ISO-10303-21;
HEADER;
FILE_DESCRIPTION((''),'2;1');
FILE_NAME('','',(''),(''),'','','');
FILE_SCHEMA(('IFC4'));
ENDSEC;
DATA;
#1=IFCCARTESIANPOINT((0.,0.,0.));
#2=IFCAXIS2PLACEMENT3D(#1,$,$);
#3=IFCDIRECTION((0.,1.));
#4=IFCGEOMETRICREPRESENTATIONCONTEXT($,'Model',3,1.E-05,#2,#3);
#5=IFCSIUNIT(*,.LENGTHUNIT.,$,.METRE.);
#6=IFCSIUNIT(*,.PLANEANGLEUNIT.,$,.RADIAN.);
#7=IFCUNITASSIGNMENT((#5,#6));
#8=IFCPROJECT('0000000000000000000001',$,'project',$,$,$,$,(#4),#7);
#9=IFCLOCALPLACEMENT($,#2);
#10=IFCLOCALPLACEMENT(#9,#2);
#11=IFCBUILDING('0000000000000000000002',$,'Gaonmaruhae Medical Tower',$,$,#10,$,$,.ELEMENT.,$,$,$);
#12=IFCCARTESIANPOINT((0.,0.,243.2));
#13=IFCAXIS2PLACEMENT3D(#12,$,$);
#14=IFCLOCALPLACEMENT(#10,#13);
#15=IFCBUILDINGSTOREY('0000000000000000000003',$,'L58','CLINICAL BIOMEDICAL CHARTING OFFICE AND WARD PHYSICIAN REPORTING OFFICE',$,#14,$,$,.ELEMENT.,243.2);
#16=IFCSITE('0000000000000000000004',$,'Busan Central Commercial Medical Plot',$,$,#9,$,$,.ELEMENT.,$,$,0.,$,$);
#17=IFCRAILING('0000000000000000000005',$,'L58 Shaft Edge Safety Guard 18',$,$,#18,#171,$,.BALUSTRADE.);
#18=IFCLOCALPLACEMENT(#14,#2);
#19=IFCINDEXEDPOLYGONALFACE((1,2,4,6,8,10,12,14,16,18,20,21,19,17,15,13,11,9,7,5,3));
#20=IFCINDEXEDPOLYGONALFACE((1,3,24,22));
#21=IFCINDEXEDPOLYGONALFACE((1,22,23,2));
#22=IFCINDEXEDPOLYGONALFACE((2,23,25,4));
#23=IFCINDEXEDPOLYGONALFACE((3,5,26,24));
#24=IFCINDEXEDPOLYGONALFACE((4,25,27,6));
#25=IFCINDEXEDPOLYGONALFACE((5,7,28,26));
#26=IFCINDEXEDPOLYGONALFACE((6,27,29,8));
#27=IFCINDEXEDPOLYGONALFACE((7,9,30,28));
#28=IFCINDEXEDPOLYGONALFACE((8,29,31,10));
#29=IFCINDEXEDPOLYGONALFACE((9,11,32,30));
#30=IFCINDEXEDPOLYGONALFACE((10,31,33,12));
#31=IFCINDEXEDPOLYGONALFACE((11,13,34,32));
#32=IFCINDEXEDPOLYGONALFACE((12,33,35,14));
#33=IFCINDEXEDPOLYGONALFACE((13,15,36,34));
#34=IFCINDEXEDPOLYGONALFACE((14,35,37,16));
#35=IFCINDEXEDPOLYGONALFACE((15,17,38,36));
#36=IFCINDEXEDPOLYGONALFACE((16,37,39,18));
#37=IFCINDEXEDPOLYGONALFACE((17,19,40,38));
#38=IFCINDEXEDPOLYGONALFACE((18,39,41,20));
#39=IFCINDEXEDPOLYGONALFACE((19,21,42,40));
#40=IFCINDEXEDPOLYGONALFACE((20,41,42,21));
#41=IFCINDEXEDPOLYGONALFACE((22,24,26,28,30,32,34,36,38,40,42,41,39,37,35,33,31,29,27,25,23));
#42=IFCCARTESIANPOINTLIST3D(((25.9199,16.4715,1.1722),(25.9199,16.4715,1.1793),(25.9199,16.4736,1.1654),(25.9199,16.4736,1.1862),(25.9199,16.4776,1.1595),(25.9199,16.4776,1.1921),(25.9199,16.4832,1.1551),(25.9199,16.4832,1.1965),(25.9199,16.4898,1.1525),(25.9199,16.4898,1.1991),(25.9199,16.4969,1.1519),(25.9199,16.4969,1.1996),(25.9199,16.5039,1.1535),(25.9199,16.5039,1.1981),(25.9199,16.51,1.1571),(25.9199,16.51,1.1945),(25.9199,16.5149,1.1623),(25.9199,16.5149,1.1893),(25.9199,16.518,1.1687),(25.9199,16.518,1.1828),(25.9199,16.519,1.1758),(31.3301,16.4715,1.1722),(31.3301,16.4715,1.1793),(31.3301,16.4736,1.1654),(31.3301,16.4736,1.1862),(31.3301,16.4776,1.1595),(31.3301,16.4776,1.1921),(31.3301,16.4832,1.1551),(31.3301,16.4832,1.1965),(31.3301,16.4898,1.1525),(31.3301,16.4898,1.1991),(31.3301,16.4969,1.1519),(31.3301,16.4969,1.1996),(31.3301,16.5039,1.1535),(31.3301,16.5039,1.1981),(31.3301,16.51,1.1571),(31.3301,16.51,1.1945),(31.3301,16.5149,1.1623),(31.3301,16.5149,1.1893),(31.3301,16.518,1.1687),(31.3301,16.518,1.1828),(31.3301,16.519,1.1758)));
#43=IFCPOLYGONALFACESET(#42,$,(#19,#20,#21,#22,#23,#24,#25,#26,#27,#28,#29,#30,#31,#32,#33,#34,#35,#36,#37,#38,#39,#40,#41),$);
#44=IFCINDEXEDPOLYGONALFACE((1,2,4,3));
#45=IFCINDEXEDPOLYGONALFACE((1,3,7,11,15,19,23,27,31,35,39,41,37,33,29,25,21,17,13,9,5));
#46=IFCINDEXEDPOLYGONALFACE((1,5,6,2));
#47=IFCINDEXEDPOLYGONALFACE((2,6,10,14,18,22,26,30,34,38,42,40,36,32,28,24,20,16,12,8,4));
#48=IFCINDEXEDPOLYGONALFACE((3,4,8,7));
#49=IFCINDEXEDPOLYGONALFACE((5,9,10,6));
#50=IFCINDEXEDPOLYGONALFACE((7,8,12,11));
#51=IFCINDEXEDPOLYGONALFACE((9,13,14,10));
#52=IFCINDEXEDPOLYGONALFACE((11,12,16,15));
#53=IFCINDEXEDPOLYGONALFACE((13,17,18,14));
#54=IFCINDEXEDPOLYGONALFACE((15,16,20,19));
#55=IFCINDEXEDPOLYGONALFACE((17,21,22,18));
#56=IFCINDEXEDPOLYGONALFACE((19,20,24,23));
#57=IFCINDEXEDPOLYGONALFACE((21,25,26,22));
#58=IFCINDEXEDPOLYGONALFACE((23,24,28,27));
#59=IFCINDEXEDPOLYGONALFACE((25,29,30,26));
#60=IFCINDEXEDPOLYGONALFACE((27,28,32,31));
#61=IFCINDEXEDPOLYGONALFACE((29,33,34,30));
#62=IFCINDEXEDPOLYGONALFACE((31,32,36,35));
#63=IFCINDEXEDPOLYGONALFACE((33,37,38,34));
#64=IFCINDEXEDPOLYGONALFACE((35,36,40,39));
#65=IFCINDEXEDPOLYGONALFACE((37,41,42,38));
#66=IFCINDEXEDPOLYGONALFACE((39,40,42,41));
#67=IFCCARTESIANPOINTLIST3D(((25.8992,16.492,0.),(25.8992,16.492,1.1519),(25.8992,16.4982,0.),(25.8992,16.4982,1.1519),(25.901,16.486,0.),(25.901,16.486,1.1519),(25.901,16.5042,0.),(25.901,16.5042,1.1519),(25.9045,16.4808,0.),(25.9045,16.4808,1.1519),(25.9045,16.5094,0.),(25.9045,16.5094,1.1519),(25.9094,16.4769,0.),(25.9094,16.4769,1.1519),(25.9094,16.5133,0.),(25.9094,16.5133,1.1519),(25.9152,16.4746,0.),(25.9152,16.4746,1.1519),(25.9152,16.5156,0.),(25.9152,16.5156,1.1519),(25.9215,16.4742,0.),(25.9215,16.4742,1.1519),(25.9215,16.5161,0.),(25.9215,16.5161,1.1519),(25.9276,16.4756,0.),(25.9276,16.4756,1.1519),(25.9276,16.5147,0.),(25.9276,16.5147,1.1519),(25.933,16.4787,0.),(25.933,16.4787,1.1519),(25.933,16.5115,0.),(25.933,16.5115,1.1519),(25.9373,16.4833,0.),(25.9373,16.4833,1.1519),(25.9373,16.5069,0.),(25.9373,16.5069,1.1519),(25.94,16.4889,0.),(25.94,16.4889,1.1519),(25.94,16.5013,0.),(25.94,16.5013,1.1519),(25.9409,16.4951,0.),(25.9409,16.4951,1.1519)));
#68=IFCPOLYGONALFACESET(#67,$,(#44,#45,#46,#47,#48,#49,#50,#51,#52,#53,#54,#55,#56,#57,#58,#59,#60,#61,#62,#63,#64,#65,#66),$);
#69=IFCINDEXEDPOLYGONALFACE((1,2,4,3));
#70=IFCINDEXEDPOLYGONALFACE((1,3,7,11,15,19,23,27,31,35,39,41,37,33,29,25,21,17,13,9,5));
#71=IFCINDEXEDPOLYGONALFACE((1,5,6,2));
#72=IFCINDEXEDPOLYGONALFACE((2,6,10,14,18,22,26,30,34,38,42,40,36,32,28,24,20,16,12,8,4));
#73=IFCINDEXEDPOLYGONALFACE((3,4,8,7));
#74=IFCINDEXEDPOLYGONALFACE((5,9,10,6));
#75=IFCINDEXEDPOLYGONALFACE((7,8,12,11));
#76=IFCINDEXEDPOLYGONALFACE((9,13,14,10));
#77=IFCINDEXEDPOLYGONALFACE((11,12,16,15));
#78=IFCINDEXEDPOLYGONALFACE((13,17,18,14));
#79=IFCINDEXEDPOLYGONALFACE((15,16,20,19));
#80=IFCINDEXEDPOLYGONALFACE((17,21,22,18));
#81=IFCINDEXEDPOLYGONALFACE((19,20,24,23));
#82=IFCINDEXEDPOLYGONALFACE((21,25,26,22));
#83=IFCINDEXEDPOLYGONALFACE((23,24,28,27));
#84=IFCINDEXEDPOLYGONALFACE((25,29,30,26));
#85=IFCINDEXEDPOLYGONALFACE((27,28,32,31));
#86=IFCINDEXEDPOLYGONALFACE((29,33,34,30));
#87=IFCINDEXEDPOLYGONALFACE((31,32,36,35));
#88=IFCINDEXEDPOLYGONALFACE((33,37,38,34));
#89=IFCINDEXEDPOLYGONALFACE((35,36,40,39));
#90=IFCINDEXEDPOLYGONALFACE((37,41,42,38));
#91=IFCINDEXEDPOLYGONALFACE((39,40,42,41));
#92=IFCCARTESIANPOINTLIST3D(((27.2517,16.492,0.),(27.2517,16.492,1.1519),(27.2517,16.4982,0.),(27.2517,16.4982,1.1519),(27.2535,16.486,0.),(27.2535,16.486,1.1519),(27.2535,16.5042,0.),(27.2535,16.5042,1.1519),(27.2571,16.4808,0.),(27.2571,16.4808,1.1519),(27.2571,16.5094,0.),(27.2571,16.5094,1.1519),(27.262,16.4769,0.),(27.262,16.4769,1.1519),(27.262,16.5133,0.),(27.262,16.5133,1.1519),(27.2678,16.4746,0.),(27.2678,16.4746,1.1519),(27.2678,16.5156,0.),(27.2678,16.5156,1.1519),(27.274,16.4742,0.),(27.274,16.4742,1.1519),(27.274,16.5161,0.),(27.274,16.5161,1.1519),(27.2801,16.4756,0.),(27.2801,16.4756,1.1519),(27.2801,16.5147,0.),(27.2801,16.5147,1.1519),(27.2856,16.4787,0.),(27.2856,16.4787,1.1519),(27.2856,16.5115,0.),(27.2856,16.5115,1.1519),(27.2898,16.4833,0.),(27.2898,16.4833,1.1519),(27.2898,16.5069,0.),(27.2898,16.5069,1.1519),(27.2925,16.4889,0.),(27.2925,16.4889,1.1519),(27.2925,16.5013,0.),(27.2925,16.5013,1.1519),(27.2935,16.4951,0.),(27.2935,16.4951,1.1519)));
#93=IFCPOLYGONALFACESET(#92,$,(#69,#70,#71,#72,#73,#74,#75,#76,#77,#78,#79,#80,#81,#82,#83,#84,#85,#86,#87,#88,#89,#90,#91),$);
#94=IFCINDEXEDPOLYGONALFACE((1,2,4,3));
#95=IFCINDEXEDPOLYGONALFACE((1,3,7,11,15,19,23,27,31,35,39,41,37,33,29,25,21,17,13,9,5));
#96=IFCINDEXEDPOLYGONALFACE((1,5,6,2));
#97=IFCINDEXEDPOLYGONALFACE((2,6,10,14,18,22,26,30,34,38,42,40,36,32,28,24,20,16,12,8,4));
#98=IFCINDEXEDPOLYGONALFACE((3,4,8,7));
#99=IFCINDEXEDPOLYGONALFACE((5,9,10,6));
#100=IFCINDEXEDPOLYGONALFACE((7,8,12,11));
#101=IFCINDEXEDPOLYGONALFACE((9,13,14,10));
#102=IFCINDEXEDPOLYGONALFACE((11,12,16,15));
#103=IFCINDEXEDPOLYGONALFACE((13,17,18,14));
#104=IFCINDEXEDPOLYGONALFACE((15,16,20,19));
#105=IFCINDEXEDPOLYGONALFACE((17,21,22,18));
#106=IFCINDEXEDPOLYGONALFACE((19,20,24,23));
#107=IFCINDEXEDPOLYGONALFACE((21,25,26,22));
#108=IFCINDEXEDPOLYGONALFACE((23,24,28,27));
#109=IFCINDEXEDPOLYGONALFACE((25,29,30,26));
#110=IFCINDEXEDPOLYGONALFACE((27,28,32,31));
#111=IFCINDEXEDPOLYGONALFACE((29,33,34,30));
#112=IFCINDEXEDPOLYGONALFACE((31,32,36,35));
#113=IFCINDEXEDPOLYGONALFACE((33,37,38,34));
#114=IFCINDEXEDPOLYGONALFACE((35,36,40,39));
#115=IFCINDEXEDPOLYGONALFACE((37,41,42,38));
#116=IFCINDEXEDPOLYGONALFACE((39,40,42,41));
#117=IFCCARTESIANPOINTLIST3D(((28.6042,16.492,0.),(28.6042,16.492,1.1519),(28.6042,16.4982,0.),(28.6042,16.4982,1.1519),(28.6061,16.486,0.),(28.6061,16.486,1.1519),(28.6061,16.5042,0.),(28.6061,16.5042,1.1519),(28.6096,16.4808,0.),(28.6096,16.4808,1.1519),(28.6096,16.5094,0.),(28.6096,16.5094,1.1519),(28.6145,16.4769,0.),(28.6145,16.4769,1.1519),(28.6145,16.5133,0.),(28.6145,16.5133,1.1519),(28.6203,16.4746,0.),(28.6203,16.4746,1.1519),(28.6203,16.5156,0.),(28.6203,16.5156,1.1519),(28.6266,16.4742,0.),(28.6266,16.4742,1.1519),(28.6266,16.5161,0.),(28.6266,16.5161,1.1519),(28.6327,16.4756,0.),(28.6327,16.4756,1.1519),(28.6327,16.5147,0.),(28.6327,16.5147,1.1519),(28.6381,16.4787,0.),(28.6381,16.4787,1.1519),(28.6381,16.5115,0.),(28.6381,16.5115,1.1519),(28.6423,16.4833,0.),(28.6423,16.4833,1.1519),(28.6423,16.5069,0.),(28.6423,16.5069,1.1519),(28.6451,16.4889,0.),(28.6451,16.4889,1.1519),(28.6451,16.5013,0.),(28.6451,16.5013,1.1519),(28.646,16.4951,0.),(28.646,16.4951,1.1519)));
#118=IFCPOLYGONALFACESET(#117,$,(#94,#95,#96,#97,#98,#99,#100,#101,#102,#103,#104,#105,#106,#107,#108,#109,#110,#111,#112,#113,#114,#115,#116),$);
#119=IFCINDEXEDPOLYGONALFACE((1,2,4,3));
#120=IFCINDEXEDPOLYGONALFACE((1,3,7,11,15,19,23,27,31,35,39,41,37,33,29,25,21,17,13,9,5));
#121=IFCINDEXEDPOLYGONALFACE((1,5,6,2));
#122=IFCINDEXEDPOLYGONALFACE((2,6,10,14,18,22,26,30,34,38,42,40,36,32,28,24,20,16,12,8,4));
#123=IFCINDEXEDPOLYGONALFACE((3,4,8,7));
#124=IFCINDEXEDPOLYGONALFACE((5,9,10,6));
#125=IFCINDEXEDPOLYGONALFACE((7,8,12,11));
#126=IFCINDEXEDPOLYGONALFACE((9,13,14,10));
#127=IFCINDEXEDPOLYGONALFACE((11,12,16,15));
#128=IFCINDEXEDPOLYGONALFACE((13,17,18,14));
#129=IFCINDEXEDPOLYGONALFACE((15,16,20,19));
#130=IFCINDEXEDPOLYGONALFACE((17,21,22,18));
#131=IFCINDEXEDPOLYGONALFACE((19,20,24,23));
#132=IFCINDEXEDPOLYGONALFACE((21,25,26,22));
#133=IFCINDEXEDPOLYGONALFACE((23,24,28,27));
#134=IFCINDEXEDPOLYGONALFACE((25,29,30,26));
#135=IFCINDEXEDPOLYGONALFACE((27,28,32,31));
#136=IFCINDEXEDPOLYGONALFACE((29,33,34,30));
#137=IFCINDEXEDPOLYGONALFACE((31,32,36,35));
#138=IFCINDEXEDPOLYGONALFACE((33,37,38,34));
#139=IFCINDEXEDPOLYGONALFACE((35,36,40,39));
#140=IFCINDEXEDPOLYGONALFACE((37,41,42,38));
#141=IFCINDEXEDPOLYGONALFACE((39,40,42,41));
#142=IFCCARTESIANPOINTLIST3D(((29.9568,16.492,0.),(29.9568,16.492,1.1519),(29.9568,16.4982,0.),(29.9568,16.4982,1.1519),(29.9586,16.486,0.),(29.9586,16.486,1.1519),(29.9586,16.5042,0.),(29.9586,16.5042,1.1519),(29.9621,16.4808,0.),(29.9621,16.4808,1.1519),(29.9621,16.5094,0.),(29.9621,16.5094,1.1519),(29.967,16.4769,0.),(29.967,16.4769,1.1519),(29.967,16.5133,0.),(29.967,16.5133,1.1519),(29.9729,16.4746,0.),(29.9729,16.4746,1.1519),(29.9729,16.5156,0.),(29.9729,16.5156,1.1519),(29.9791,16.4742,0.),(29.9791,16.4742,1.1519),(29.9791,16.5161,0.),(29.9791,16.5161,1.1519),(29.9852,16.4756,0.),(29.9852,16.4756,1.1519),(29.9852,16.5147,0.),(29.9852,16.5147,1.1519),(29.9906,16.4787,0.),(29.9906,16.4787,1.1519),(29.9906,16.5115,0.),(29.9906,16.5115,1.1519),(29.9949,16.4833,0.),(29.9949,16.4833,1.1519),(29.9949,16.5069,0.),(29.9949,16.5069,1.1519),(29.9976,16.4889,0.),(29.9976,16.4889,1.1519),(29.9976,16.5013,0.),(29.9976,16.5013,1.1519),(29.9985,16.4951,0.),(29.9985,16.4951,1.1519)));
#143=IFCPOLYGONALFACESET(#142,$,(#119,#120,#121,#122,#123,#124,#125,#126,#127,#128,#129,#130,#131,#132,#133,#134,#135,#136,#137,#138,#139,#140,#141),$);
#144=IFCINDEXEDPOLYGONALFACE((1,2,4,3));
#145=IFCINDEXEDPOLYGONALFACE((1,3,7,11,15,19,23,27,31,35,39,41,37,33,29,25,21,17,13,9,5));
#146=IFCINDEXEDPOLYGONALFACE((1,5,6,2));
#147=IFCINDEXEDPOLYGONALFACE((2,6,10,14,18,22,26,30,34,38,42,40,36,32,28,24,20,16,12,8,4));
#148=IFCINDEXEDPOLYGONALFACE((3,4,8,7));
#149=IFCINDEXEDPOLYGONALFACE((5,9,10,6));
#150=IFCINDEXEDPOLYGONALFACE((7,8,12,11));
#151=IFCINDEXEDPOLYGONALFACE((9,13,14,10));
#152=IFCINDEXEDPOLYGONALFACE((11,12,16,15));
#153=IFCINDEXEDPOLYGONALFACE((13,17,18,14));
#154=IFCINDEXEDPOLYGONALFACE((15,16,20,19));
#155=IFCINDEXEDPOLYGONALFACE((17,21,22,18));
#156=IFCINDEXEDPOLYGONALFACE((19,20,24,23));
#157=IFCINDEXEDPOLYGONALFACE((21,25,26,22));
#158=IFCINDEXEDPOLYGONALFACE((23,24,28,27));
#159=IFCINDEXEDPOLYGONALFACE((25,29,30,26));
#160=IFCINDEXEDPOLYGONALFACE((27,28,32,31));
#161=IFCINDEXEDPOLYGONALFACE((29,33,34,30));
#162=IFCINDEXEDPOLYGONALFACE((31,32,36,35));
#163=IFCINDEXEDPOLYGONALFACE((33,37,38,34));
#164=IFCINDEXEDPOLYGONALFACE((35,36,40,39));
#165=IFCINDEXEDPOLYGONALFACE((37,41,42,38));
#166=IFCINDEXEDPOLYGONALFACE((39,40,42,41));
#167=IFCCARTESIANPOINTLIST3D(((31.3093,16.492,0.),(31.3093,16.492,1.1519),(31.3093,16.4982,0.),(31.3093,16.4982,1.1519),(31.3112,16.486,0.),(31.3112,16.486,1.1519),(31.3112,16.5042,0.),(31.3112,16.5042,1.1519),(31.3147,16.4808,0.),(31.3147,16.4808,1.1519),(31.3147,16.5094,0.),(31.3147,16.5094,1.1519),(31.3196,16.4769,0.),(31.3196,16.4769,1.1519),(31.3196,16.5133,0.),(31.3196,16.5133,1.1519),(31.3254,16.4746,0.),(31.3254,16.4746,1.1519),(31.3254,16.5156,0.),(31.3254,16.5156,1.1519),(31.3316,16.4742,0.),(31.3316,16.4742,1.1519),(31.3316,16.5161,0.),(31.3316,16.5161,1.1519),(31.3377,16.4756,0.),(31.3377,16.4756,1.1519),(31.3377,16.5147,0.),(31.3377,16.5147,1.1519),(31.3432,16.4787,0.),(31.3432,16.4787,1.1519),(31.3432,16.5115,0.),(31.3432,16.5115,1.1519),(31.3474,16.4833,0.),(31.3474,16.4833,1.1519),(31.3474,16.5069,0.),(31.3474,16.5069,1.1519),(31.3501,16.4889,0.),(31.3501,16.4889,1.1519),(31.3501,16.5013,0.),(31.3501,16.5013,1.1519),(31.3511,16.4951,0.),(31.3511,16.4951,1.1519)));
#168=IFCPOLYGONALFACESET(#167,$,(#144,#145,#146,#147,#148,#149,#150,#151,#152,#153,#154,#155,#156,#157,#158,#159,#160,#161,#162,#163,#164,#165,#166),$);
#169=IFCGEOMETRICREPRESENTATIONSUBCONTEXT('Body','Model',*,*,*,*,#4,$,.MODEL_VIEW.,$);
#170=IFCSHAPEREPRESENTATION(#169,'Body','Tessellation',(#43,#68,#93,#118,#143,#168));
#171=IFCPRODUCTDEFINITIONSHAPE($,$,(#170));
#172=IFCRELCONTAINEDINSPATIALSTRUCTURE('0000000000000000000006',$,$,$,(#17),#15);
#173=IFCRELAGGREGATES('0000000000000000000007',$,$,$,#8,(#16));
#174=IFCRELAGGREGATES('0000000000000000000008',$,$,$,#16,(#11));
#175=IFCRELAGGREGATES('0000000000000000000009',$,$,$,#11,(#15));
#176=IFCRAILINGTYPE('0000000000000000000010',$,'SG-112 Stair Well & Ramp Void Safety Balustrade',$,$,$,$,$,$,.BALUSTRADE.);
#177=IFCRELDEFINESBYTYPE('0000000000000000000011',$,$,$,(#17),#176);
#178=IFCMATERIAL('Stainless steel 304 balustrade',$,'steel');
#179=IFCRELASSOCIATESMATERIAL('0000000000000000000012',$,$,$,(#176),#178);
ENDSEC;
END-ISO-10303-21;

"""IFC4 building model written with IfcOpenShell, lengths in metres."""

from ifc_helpers import new_model, si_unit, direction, frame, origin, origin_2d, place, context, subcontext, project, spatial, circle, extrude, material, type_object, element, save


model = new_model("IFC4")

# Units and contexts
model_context = context("Model", 3, precision=1e-05, world=origin(), true_north=direction((0.0, 1.0)))
body_context = subcontext(model_context, "Body", "Model", "MODEL_VIEW")
ifc_project = project(units=[si_unit("LENGTHUNIT", "METRE"), si_unit("PLANEANGLEUNIT", "RADIAN")], contexts=[model_context])

# Site, building, storey
site_placement = place(None, origin())
site = spatial("IfcSite", under=ifc_project, at=site_placement, Name="Busan Central Commercial Medical Plot", CompositionType="ELEMENT", RefElevation=0.0)
building_placement = place(site_placement, origin())
building = spatial("IfcBuilding", under=site, at=building_placement, Name="Gaonmaruhae Medical Tower", CompositionType="ELEMENT")
storey_placement = place(building_placement, frame((0.0, 0.0, 243.2)))
storey = spatial("IfcBuildingStorey", under=building, at=storey_placement, Name="L58", Description="CLINICAL BIOMEDICAL CHARTING OFFICE AND WARD PHYSICIAN REPORTING OFFICE", CompositionType="ELEMENT", Elevation=243.2)

# Railing
ifc_material_1 = material(Name="Stainless steel 304 balustrade", Category="steel")
railing_type_1 = type_object("IfcRailingType", Name="SG-112 Stair Well & Ramp Void Safety Balustrade", PredefinedType="BALUSTRADE", material=ifc_material_1)
railing_1_placement = place(storey_placement, frame((25.9199, 16.4951, 0.0)))
element("IfcRailing", 1, at=railing_1_placement, inside=storey, type_object=railing_type_1, Name="L58 Shaft Edge Safety Guard 18", PredefinedType="BALUSTRADE", context=body_context, shape_type="SweptSolid", body=[
    extrude(circle(Radius=0.0239, at=origin_2d()), frame((0.0, 0.0, 1.1758), z_axis=(1.0, 0.0, 0.0), x_axis=(0.0, 1.0, 0.0)), (0.0, 0.0, 1.0), 5.4102),
    extrude(circle(Radius=0.021, at=origin_2d()), origin(), (0.0, 0.0, 1.0), 1.1519),
    extrude(circle(Radius=0.021, at=origin_2d()), frame((1.3525, 0.0, 0.0)), (0.0, 0.0, 1.0), 1.1519),
    extrude(circle(Radius=0.021, at=origin_2d()), frame((2.7051, 0.0, 0.0)), (0.0, 0.0, 1.0), 1.1519),
    extrude(circle(Radius=0.021, at=origin_2d()), frame((4.0576, 0.0, 0.0)), (0.0, 0.0, 1.0), 1.1519),
    extrude(circle(Radius=0.021, at=origin_2d()), frame((5.4102, 0.0, 0.0)), (0.0, 0.0, 1.0), 1.1519),
])

save(model, "model.ifc")
